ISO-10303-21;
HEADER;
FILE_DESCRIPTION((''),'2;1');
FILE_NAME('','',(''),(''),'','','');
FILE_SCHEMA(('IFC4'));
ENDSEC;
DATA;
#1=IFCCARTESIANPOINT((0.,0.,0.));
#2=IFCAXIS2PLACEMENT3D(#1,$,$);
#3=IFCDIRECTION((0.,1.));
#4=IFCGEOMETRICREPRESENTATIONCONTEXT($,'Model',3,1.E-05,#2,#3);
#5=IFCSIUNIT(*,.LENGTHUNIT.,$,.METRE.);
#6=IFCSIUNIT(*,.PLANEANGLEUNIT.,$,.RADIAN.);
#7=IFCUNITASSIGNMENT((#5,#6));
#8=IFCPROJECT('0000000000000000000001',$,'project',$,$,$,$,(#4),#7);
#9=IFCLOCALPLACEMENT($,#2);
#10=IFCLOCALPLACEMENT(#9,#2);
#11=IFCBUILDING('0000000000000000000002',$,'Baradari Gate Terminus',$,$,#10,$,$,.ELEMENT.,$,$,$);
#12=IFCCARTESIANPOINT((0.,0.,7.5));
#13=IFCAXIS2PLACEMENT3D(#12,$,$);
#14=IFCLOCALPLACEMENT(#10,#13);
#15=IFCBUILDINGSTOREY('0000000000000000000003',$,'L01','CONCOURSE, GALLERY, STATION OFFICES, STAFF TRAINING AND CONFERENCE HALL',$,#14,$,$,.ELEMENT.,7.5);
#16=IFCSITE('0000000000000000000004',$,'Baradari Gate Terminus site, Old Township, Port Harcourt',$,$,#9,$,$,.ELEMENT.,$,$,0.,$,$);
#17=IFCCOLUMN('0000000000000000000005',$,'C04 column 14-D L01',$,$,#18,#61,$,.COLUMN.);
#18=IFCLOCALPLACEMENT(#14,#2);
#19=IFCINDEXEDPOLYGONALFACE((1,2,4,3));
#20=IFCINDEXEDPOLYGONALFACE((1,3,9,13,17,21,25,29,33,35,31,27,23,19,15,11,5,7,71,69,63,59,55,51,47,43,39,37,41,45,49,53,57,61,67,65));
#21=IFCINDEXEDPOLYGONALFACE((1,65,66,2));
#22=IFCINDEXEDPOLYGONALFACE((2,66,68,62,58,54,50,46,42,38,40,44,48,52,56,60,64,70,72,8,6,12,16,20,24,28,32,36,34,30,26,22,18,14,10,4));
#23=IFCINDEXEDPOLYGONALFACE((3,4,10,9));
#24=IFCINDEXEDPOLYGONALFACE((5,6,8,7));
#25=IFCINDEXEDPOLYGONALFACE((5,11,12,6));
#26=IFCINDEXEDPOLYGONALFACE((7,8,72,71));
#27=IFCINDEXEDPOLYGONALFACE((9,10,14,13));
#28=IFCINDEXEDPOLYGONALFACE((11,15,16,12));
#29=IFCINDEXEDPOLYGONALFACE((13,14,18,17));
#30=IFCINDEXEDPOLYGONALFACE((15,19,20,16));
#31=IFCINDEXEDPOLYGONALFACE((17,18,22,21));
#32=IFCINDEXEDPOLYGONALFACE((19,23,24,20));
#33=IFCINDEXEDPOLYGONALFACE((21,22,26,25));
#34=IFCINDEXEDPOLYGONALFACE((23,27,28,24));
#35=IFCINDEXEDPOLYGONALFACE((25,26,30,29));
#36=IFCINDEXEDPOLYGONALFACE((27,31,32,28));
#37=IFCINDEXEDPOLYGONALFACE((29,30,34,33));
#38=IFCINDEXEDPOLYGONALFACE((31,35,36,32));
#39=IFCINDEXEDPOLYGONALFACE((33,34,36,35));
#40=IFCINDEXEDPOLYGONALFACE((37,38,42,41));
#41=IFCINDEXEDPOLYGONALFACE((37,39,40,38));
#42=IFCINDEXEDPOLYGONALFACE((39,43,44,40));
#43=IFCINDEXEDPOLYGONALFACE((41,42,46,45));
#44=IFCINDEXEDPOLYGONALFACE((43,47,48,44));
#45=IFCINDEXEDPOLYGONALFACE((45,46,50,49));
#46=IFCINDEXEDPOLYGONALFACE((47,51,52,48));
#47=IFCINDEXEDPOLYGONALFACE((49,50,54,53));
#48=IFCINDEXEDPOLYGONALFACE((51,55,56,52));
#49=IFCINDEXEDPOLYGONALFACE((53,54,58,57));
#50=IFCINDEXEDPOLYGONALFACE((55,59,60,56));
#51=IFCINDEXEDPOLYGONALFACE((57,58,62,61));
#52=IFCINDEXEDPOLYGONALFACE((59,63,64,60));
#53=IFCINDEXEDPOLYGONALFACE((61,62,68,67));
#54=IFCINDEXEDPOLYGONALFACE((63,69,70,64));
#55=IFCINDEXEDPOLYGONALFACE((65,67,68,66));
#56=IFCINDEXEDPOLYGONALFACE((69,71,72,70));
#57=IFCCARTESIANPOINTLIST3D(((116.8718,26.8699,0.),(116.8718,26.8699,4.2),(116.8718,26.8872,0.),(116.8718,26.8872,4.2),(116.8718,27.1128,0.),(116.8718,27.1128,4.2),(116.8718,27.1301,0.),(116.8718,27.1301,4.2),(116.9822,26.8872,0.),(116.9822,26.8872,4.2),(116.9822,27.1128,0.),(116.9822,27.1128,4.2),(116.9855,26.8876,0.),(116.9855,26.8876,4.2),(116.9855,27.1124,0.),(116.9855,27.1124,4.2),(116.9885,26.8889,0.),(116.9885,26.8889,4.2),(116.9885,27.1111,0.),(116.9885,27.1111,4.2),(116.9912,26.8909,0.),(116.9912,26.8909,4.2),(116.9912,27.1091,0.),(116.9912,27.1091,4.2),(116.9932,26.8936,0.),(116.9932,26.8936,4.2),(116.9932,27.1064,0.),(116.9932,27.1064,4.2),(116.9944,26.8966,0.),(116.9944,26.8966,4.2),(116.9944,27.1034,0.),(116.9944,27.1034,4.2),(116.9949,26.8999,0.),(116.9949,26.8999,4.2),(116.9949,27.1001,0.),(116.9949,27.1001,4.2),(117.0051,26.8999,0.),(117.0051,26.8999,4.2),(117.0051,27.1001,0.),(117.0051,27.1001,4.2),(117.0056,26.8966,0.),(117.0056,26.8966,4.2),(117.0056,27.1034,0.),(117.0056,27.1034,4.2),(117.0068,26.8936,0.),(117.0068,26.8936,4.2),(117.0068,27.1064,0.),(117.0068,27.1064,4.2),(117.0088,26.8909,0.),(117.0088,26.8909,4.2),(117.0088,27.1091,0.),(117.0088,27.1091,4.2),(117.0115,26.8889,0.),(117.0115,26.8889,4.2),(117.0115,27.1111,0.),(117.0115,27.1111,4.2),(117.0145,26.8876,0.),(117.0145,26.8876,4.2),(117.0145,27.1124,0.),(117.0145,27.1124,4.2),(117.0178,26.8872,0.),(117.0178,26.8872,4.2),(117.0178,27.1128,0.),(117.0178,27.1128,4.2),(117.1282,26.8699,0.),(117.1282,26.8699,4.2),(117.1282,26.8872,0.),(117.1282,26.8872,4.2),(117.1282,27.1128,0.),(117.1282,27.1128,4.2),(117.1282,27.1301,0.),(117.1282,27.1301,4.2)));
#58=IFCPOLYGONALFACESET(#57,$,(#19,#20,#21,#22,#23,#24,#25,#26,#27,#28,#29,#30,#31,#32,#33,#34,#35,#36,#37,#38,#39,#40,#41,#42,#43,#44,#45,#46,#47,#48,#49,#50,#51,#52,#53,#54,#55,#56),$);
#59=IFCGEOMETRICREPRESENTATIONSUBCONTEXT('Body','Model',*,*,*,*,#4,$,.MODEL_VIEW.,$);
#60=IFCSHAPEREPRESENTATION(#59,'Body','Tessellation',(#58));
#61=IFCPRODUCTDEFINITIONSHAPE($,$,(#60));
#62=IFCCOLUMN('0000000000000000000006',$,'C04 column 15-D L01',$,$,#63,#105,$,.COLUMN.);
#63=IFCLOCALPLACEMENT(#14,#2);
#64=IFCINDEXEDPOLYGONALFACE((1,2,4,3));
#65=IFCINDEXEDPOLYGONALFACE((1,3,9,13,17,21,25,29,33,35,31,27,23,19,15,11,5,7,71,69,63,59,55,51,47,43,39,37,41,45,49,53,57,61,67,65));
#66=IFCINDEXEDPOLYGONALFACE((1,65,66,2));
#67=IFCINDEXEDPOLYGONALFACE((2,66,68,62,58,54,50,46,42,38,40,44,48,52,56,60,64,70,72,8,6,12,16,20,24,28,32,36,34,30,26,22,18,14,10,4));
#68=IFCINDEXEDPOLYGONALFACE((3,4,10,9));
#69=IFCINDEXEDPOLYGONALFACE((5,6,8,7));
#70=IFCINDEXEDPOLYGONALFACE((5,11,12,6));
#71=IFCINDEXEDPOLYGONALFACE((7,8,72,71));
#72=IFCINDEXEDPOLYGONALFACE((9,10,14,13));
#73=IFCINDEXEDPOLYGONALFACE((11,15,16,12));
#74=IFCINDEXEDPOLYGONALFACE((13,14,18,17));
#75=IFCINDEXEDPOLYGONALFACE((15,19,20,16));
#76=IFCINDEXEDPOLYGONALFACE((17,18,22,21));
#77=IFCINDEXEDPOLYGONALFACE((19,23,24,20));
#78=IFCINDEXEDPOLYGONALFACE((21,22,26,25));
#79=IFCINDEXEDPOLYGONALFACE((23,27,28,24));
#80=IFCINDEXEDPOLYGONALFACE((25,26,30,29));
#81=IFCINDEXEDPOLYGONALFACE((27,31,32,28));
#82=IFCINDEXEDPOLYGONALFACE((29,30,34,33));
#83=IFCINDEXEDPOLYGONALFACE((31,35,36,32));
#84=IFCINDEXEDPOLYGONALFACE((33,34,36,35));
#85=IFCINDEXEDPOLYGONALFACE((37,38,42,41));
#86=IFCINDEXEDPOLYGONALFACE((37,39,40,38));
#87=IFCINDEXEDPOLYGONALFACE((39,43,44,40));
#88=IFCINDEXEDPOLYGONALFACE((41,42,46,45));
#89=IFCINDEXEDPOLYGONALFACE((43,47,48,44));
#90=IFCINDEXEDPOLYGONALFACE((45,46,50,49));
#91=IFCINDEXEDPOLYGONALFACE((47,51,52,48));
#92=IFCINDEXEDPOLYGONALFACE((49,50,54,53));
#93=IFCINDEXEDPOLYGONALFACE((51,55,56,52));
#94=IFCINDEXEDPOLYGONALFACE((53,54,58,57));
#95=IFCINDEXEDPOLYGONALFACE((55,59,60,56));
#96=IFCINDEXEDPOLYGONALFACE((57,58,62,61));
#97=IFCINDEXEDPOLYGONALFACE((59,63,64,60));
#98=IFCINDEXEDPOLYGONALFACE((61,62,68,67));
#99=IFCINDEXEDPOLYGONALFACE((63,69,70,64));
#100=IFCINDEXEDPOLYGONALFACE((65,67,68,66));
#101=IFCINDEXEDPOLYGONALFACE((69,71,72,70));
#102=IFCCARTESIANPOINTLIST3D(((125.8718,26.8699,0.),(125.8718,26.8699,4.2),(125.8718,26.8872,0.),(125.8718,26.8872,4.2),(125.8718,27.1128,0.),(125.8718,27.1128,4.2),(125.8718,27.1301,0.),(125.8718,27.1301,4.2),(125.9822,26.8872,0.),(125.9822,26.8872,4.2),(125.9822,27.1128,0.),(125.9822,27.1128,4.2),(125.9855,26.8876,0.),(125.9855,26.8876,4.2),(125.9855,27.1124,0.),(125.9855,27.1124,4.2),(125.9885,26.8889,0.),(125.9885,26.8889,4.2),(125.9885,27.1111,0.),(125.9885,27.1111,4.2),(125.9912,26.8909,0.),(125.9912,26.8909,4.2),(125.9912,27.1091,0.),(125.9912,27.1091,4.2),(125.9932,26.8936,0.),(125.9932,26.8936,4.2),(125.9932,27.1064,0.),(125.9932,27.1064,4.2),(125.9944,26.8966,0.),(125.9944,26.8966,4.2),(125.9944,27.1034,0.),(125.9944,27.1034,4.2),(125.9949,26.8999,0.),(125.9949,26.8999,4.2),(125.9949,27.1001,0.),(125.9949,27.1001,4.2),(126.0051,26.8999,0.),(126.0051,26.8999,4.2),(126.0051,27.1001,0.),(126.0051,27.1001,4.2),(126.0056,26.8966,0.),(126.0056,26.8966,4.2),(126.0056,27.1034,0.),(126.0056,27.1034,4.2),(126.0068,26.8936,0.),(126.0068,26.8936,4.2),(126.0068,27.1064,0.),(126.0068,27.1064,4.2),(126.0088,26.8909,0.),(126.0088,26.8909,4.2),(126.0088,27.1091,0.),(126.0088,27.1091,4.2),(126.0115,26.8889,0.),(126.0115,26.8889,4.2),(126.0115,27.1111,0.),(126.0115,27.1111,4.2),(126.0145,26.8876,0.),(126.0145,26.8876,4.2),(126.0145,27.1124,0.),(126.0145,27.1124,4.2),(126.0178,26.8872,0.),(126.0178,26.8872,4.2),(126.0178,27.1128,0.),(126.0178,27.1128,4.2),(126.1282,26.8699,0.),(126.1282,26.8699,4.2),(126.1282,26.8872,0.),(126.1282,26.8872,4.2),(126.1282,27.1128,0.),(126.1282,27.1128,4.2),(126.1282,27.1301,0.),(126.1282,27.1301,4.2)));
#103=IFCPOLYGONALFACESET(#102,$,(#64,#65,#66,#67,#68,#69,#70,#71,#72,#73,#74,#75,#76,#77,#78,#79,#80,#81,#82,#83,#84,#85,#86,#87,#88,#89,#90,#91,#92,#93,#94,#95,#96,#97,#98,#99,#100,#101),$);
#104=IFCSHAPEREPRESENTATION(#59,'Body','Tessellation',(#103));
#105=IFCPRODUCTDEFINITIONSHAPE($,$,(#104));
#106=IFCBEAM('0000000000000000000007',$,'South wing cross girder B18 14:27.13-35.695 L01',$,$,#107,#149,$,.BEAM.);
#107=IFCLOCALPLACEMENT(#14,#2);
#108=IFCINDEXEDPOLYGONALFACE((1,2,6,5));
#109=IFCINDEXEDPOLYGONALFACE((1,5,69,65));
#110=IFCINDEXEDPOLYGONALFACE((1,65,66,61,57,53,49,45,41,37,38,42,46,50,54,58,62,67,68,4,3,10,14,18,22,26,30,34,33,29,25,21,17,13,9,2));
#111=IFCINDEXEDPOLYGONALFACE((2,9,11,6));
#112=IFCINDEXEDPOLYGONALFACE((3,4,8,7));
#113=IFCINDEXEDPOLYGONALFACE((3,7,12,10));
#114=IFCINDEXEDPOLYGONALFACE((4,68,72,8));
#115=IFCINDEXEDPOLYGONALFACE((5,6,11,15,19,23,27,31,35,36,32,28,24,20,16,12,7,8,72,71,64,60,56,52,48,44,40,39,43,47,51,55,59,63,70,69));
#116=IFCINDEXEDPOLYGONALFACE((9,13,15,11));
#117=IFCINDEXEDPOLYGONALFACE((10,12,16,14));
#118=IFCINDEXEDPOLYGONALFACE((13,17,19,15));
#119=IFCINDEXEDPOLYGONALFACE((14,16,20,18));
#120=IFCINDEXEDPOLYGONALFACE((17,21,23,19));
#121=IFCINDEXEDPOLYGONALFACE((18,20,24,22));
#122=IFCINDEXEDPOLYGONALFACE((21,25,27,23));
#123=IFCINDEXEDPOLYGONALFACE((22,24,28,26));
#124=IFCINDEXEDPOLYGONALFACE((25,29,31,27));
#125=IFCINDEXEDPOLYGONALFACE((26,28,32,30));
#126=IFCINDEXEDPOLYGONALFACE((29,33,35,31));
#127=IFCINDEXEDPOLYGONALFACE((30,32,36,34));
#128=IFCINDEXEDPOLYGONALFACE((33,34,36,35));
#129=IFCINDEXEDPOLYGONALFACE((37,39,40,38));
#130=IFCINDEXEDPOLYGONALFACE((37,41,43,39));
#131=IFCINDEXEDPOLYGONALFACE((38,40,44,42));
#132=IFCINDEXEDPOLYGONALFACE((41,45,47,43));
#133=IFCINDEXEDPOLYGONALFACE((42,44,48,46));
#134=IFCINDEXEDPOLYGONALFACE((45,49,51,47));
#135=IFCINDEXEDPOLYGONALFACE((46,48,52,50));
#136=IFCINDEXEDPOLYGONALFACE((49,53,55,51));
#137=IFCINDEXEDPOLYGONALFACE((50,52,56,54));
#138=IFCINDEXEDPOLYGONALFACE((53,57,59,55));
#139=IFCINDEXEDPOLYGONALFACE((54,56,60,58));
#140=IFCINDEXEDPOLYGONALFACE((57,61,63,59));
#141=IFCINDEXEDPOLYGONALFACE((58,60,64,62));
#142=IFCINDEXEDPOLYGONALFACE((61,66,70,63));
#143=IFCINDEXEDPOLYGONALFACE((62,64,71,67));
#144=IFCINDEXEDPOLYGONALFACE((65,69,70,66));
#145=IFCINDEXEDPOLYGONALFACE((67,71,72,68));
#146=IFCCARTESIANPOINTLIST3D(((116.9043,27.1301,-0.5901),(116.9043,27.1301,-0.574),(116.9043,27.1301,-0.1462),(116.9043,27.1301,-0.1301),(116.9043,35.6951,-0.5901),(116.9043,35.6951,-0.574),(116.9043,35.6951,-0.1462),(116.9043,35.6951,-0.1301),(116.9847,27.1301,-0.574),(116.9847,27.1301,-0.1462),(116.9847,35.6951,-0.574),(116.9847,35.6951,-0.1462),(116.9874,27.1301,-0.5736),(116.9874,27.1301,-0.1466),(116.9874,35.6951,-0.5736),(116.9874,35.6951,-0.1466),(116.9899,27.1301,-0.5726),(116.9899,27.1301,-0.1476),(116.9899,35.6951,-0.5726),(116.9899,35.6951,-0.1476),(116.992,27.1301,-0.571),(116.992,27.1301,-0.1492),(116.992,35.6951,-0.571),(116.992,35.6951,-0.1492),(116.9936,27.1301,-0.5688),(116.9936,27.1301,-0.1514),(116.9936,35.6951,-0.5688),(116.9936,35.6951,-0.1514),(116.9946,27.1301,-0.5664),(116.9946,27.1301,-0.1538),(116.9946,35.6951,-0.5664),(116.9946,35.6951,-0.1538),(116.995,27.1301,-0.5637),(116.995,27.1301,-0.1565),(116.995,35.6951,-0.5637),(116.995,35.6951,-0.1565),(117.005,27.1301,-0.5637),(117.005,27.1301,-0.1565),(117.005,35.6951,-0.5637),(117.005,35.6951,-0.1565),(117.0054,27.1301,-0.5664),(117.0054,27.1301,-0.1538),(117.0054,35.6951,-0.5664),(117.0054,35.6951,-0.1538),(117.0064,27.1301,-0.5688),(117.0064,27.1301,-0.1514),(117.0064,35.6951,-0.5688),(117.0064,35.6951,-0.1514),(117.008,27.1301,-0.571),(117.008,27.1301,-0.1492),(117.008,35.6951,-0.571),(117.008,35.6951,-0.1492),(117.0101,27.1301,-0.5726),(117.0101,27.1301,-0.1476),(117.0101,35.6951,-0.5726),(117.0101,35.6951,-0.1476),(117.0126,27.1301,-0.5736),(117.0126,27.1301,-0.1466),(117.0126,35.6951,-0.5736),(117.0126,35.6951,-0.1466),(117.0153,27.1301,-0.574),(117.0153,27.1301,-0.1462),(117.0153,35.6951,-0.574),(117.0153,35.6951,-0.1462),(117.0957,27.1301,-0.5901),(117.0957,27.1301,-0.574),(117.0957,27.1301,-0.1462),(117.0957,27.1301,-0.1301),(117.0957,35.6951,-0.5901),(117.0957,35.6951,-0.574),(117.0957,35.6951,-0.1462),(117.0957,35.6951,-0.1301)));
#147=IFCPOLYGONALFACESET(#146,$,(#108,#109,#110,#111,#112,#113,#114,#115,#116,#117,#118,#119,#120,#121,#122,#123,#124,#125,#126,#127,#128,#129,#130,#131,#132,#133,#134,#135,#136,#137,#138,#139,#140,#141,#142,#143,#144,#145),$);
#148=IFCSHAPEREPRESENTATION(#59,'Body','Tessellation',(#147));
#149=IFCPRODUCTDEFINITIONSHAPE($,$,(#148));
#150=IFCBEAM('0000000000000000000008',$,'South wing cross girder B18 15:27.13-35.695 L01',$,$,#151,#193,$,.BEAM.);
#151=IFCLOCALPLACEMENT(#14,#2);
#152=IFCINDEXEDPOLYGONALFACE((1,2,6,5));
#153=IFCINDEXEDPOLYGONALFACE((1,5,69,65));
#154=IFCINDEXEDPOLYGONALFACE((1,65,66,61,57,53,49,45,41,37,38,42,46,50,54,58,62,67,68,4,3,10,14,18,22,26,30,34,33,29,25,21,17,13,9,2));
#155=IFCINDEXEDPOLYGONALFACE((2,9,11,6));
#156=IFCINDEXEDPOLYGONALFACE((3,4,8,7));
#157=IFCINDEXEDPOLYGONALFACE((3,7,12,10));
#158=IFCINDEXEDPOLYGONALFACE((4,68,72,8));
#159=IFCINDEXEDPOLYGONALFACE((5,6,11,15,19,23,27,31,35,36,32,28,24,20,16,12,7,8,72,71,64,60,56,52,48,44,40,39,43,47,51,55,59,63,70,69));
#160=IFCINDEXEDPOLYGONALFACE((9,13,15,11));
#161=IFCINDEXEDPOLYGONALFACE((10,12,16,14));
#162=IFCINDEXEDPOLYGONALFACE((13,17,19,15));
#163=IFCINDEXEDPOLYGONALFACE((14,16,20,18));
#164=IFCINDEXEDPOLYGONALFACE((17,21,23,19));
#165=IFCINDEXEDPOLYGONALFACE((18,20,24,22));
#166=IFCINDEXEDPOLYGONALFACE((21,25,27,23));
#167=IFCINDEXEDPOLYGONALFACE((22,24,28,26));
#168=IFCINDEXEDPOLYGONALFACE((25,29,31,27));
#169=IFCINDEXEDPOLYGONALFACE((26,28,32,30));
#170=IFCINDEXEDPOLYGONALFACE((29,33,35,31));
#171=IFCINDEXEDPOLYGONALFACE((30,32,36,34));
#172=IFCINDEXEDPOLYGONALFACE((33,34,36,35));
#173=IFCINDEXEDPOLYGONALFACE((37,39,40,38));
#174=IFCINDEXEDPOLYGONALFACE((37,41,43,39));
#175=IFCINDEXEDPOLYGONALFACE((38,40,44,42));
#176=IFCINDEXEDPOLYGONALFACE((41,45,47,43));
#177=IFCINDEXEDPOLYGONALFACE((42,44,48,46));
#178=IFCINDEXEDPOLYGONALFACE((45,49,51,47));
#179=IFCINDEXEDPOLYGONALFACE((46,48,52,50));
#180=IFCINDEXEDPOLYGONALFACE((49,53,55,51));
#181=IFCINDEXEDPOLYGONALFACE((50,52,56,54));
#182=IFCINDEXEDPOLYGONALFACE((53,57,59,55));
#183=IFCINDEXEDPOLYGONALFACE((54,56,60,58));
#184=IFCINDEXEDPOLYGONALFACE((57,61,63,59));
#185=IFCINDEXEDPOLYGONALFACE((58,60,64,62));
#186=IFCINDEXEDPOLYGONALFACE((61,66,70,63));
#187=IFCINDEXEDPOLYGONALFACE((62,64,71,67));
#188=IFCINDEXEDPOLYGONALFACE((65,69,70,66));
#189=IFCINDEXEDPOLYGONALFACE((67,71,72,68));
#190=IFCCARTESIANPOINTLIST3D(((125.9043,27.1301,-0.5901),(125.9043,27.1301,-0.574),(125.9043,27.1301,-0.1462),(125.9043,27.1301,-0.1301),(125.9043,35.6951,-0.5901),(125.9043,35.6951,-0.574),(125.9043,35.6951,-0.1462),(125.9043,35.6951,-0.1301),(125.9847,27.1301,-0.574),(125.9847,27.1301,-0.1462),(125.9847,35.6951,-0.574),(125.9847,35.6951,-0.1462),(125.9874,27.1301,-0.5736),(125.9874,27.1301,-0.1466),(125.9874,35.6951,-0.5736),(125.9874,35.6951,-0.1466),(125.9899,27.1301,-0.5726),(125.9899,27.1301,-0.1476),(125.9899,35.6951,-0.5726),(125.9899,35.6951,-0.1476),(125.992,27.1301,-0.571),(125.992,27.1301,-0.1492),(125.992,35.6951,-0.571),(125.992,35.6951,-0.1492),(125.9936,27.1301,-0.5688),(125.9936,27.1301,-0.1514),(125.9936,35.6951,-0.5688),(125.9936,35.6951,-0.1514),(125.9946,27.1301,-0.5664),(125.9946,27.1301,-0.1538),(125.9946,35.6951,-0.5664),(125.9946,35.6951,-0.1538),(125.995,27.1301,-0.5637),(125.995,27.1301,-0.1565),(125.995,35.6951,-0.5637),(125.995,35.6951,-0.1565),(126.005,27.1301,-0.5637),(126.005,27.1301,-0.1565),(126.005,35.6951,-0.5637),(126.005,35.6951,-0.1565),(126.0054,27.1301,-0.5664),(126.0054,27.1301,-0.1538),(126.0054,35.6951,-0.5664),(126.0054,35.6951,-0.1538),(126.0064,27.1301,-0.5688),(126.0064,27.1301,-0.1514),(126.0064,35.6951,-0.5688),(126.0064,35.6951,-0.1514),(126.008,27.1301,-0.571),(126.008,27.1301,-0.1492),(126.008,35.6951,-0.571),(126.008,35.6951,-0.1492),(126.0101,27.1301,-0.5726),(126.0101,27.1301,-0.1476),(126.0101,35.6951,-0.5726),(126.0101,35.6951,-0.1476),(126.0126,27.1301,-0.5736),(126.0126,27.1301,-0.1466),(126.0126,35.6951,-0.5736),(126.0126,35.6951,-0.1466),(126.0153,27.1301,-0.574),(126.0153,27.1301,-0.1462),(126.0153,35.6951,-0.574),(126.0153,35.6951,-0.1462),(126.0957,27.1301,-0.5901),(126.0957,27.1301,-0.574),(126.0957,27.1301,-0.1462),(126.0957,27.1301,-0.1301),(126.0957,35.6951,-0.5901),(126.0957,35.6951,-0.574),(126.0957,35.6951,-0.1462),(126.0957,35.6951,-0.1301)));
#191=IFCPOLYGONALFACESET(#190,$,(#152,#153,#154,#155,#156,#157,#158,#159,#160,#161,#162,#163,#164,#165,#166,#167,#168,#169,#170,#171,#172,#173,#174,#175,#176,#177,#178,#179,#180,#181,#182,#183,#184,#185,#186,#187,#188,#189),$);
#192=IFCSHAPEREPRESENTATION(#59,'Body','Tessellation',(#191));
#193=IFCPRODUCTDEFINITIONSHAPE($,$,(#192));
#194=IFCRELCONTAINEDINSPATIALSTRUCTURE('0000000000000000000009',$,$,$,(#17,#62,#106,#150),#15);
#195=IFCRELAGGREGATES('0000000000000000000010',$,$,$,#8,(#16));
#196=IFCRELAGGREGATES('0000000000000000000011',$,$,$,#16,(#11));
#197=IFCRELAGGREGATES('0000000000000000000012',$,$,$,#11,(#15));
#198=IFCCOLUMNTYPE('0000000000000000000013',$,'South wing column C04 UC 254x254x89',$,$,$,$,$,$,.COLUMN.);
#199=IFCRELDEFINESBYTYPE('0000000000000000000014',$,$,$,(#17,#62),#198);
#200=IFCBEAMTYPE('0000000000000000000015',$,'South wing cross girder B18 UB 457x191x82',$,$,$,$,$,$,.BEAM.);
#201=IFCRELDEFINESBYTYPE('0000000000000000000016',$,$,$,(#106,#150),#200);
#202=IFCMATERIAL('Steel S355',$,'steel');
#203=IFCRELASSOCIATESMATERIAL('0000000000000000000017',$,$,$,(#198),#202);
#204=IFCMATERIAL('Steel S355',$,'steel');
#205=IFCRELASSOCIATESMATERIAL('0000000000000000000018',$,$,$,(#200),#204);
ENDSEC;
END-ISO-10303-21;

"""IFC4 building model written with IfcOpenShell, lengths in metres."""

from ifc_helpers import new_model, si_unit, direction, frame, origin, origin_2d, place, context, subcontext, project, spatial, i_section, extrude, material, material_profile, profile_set, type_object, element, save


model = new_model("IFC4")

# Units and contexts
model_context = context("Model", 3, precision=1e-05, world=origin(), true_north=direction((0.0, 1.0)))
body_context = subcontext(model_context, "Body", "Model", "MODEL_VIEW")
ifc_project = project(units=[si_unit("LENGTHUNIT", "METRE"), si_unit("PLANEANGLEUNIT", "RADIAN")], contexts=[model_context])

# Site, building, storey
site_placement = place(None, origin())
site = spatial("IfcSite", under=ifc_project, at=site_placement, Name="Baradari Gate Terminus site, Old Township, Port Harcourt", CompositionType="ELEMENT", RefElevation=0.0)
building_placement = place(site_placement, origin())
building = spatial("IfcBuilding", under=site, at=building_placement, Name="Baradari Gate Terminus", CompositionType="ELEMENT")
storey_placement = place(building_placement, frame((0.0, 0.0, 7.5)))
storey = spatial("IfcBuildingStorey", under=building, at=storey_placement, Name="L01", Description="CONCOURSE, GALLERY, STATION OFFICES, STAFF TRAINING AND CONFERENCE HALL", CompositionType="ELEMENT", Elevation=7.5)

# Columns
ifc_material_1 = material(Name="Steel S355", Category="steel")
ifc_material_profile_1 = material_profile(ifc_material_1, i_section(OverallWidth=0.2563, OverallDepth=0.2603, WebThickness=0.0103, FlangeThickness=0.0173, FilletRadius=0.0127, at=origin_2d()), Name="UC 254x254x89")
ifc_profile_set_1 = profile_set([ifc_material_profile_1], Name="Steel S355")
column_type = type_object("IfcColumnType", Name="South wing column C04 UC 254x254x89", PredefinedType="COLUMN", material=ifc_profile_set_1)
for number, where, z_axis, x_axis, name in (
    (1, (117.0, 27.0, 0.0), (0.0, 0.0, 1.0), (1.0, 0.0, 0.0), "C04 column 14-D L01"),
    (2, (126.0, 27.0, 0.0), (0.0, 0.0, 1.0), (1.0, 0.0, 0.0), "C04 column 15-D L01"),
):
    element("IfcColumn", number, at=place(storey_placement, frame(where, z_axis=z_axis, x_axis=x_axis)), inside=storey, type_object=column_type, Name=name, PredefinedType="COLUMN", context=body_context, shape_type="SweptSolid", body=[
        extrude(i_section(OverallWidth=0.2563, OverallDepth=0.2603, WebThickness=0.0103, FlangeThickness=0.0173, FilletRadius=0.0127, at=origin_2d()), origin(), (0.0, 0.0, 1.0), 4.2),
    ])

# Beams
ifc_material_2 = material(Name="Steel S355", Category="steel")
ifc_material_profile_2 = material_profile(ifc_material_2, i_section(OverallWidth=0.1914, OverallDepth=0.46, WebThickness=0.01, FlangeThickness=0.0161, FilletRadius=0.0103, at=origin_2d()), Name="UB 457x191x82")
ifc_profile_set_2 = profile_set([ifc_material_profile_2], Name="Steel S355")
beam_type_1 = type_object("IfcBeamType", Name="South wing cross girder B18 UB 457x191x82", PredefinedType="BEAM", material=ifc_profile_set_2)
for number, where, z_axis, x_axis, name in (
    (3, (117.0, 27.1301, -0.3601), (0.0, 1.0, 0.0), (-1.0, 0.0, 0.0), "South wing cross girder B18 14:27.13-35.695 L01"),
    (4, (126.0, 27.1301, -0.3601), (0.0, 1.0, 0.0), (-1.0, 0.0, 0.0), "South wing cross girder B18 15:27.13-35.695 L01"),
):
    element("IfcBeam", number, at=place(storey_placement, frame(where, z_axis=z_axis, x_axis=x_axis)), inside=storey, type_object=beam_type_1, Name=name, PredefinedType="BEAM", context=body_context, shape_type="SweptSolid", body=[
        extrude(i_section(OverallWidth=0.1914, OverallDepth=0.46, WebThickness=0.01, FlangeThickness=0.0161, FilletRadius=0.0103, at=origin_2d()), origin(), (0.0, 0.0, 1.0), 8.5649),
    ])

save(model, "model.ifc")
